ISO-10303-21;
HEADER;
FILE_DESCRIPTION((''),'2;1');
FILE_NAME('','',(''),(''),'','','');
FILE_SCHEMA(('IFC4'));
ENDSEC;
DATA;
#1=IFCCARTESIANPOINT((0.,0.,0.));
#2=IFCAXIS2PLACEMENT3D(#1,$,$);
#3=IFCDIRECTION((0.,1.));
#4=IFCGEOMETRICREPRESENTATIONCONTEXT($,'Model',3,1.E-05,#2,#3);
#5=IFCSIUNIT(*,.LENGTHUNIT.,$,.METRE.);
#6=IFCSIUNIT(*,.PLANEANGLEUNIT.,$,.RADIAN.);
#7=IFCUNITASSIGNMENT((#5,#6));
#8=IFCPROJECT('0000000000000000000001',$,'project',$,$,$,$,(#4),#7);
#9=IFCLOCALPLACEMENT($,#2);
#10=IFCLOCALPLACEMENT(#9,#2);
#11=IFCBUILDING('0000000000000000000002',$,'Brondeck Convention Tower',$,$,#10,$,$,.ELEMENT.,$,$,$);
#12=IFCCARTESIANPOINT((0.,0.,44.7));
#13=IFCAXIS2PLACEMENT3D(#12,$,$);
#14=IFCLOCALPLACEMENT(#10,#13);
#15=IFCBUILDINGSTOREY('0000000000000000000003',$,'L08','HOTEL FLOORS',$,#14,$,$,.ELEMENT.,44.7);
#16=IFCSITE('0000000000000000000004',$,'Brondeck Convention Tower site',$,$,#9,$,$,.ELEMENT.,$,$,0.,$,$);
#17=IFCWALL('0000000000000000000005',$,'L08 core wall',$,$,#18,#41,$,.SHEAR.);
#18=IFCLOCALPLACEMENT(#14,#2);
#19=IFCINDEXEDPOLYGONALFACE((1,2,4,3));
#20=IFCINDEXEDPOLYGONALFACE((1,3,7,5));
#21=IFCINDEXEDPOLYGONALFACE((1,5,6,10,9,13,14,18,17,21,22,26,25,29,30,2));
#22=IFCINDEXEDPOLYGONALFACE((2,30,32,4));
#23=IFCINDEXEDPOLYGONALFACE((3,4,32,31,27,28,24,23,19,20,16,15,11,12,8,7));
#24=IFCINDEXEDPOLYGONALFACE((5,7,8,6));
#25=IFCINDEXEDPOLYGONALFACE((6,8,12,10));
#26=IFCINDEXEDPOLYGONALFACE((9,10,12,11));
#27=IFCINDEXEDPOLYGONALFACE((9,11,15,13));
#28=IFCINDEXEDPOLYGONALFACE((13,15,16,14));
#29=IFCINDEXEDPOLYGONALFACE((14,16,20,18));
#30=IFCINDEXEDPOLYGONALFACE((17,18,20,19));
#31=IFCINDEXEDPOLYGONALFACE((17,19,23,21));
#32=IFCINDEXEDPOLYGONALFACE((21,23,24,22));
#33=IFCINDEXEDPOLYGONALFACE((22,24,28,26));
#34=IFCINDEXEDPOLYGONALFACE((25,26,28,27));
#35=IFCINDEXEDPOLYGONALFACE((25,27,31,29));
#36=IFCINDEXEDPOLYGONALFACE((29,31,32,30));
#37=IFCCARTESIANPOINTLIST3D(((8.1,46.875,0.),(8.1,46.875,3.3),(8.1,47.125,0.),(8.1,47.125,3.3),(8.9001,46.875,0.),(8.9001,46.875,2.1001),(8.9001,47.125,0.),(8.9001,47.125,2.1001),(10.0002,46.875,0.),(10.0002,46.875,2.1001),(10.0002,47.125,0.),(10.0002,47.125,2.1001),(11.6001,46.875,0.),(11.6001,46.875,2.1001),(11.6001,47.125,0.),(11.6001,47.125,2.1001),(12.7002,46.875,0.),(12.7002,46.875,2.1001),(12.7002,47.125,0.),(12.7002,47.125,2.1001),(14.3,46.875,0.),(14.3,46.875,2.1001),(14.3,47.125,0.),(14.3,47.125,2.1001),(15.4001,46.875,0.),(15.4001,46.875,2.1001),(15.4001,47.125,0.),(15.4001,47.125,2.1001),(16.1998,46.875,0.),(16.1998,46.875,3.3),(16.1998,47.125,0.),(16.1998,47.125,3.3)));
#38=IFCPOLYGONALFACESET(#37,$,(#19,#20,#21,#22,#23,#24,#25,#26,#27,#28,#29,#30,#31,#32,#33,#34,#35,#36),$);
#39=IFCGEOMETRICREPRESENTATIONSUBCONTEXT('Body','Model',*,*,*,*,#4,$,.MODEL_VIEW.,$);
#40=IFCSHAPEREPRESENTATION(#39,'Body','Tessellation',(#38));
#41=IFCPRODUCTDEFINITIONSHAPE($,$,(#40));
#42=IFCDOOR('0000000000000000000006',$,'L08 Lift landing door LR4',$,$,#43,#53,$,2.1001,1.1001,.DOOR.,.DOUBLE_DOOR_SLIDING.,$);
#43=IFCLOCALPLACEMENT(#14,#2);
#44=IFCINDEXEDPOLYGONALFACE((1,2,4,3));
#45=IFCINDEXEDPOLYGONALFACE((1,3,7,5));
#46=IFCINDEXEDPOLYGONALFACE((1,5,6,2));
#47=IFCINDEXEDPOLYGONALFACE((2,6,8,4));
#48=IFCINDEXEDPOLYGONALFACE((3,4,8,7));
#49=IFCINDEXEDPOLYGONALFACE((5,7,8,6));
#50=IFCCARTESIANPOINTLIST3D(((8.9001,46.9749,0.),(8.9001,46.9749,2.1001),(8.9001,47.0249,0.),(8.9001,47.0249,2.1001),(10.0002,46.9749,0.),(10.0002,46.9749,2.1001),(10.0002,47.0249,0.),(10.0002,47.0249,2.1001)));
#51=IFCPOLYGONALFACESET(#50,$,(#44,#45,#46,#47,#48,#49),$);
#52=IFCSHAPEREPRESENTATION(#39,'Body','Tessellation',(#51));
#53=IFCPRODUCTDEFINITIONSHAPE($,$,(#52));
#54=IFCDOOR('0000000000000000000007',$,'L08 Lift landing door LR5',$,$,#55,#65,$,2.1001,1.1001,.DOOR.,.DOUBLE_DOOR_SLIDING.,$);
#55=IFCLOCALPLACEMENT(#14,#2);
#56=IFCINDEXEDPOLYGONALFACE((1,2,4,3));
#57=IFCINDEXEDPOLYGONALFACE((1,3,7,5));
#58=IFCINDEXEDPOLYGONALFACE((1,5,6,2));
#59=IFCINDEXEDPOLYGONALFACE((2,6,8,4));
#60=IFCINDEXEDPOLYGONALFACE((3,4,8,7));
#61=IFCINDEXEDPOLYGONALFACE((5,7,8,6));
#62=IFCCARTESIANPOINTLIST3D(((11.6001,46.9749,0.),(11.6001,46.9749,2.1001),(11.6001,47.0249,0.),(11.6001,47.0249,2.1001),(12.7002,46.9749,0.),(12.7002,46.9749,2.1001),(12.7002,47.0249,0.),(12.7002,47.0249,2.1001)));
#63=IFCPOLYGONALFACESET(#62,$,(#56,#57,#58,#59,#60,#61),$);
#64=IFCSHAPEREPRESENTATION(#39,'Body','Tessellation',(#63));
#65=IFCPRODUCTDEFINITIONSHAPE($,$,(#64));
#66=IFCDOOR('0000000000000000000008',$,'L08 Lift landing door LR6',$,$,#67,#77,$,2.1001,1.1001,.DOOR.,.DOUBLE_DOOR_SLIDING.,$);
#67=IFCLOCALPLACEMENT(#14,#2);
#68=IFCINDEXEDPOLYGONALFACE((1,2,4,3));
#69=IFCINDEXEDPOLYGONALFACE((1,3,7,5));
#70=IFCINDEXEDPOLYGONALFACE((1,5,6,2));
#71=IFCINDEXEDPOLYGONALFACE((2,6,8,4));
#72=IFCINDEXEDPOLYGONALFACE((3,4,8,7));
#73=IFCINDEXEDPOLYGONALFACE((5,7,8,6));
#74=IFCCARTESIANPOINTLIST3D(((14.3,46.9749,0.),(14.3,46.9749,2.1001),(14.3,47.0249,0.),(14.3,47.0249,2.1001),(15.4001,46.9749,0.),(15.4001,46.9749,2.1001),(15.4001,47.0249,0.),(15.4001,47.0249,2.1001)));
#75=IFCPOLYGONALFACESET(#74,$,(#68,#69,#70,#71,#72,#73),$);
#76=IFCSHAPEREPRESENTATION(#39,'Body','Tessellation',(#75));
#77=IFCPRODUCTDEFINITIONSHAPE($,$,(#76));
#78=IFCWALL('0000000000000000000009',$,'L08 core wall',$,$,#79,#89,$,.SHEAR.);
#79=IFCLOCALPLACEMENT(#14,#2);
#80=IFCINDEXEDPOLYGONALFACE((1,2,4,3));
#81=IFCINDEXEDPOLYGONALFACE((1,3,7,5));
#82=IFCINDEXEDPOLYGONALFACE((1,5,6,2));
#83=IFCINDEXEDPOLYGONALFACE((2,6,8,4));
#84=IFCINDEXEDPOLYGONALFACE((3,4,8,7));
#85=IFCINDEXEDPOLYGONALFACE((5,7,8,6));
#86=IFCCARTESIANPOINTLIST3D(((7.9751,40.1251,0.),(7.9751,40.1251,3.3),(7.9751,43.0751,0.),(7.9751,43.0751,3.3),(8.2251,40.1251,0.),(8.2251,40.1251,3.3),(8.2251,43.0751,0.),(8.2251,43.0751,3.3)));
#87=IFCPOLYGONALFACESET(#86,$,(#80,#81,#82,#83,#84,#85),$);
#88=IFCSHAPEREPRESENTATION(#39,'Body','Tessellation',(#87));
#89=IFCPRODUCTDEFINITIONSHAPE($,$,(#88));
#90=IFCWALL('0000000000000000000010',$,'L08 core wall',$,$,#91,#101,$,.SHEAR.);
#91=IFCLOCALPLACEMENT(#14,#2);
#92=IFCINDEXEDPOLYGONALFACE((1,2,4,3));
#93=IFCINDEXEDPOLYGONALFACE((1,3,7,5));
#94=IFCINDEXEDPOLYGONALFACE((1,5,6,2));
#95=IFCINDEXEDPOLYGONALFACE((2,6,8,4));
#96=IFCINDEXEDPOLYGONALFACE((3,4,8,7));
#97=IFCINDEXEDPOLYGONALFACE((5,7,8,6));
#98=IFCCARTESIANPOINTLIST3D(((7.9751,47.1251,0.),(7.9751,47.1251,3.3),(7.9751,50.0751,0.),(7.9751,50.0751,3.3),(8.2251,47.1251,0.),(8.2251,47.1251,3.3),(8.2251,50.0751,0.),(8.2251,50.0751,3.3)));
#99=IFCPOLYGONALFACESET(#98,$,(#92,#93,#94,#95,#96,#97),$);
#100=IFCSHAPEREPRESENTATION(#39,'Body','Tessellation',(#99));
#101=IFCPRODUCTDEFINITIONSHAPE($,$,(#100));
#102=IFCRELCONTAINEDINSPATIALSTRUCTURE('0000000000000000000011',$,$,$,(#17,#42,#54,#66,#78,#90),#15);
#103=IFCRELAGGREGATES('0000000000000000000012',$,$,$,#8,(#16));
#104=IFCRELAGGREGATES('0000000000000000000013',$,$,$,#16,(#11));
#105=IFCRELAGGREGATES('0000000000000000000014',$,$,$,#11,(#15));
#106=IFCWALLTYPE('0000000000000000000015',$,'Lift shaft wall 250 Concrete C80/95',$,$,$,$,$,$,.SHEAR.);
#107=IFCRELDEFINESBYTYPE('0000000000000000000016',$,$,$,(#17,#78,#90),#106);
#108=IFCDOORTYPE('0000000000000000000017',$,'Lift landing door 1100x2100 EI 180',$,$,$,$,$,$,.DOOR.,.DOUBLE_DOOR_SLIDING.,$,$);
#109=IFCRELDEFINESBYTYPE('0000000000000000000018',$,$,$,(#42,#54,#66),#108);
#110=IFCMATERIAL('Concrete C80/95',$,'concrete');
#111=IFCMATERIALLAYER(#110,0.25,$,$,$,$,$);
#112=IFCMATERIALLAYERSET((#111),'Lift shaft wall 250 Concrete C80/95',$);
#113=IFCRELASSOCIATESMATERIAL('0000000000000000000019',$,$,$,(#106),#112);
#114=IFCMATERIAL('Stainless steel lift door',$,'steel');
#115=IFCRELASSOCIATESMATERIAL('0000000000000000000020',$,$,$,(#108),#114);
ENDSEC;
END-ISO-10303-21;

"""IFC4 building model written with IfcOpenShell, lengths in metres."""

from ifc_helpers import new_model, si_unit, direction, frame, frame_2d, origin, place, context, subcontext, project, spatial, rectangle, extrude, material, layer, layer_set, type_object, element, fill, save


model = new_model("IFC4")

# Units and contexts
model_context = context("Model", 3, precision=1e-05, world=origin(), true_north=direction((0.0, 1.0)))
body_context = subcontext(model_context, "Body", "Model", "MODEL_VIEW")
ifc_project = project(units=[si_unit("LENGTHUNIT", "METRE"), si_unit("PLANEANGLEUNIT", "RADIAN")], contexts=[model_context])

# Site, building, storey
site_placement = place(None, origin())
site = spatial("IfcSite", under=ifc_project, at=site_placement, Name="Brondeck Convention Tower site", CompositionType="ELEMENT", RefElevation=0.0)
building_placement = place(site_placement, origin())
building = spatial("IfcBuilding", under=site, at=building_placement, Name="Brondeck Convention Tower", CompositionType="ELEMENT")
storey_placement = place(building_placement, frame((0.0, 0.0, 44.7)))
storey = spatial("IfcBuildingStorey", under=building, at=storey_placement, Name="L08", Description="HOTEL FLOORS", CompositionType="ELEMENT", Elevation=44.7)

# Shared definitions
ifc_material_1 = material(Name="Concrete C80/95", Category="concrete")
ifc_layer_1 = layer(ifc_material_1, 0.25)
ifc_layer_set_1 = layer_set([ifc_layer_1], Name="Lift shaft wall 250 Concrete C80/95")
wall_type_1 = type_object("IfcWallType", Name="Lift shaft wall 250 Concrete C80/95", PredefinedType="SHEAR", material=ifc_layer_set_1)

# Wall, openings, doors
ifc_material_2 = material(Name="Stainless steel lift door", Category="steel")
door_type = type_object("IfcDoorType", Name="Lift landing door 1100x2100 EI 180", OperationType="DOUBLE_DOOR_SLIDING", PredefinedType="DOOR", material=ifc_material_2)
wall_1_placement = place(storey_placement, frame((8.1001, 47.0, 0.0), z_axis=(0.0, 0.0, 1.0), x_axis=(1.0, 0.0, 0.0)))
wall_1 = element("IfcWall", 1, at=wall_1_placement, inside=storey, type_object=wall_type_1, Name="L08 core wall", PredefinedType="SHEAR", context=body_context, shape_type="SweptSolid", body=[
    extrude(rectangle(XDim=8.0999, YDim=0.25, at=frame_2d((4.0498, 0.0))), origin(), (0.0, 0.0, 1.0), 3.3),
])
opening_1_placement = place(wall_1_placement, frame((0.8, 0.0, 0.0)))
opening_1 = element("IfcOpeningElement", 2, at=opening_1_placement, cuts=wall_1, PredefinedType="OPENING", context=body_context, shape_type="SweptSolid", body=[
    extrude(rectangle(XDim=1.1001, YDim=2.1001, at=frame_2d((0.55, 1.05))), frame((0.0, 0.135, 0.0), z_axis=(0.0, -1.0, 0.0), x_axis=(1.0, 0.0, 0.0)), (0.0, 0.0, 1.0), 0.27),
])
opening_2_placement = place(wall_1_placement, frame((3.5, 0.0, 0.0)))
opening_2 = element("IfcOpeningElement", 3, at=opening_2_placement, cuts=wall_1, PredefinedType="OPENING", context=body_context, shape_type="SweptSolid", body=[
    extrude(rectangle(XDim=1.1001, YDim=2.1001, at=frame_2d((0.55, 1.05))), frame((0.0, 0.135, 0.0), z_axis=(0.0, -1.0, 0.0), x_axis=(1.0, 0.0, 0.0)), (0.0, 0.0, 1.0), 0.27),
])
opening_3_placement = place(wall_1_placement, frame((6.2, 0.0, 0.0)))
opening_3 = element("IfcOpeningElement", 4, at=opening_3_placement, cuts=wall_1, PredefinedType="OPENING", context=body_context, shape_type="SweptSolid", body=[
    extrude(rectangle(XDim=1.1001, YDim=2.1001, at=frame_2d((0.55, 1.05))), frame((0.0, 0.135, 0.0), z_axis=(0.0, -1.0, 0.0), x_axis=(1.0, 0.0, 0.0)), (0.0, 0.0, 1.0), 0.27),
])
door_1_placement = place(opening_1_placement, origin())
door_1 = element("IfcDoor", 5, at=door_1_placement, inside=storey, type_object=door_type, Name="L08 Lift landing door LR4", OperationType="DOUBLE_DOOR_SLIDING", OverallHeight=2.1001, OverallWidth=1.1001, PredefinedType="DOOR", context=body_context, shape_type="SweptSolid", body=[
    extrude(rectangle(XDim=1.1001, YDim=2.1001, at=frame_2d((0.55, 1.05))), frame((0.0, 0.0249, 0.0), z_axis=(0.0, -1.0, 0.0), x_axis=(1.0, 0.0, 0.0)), (0.0, 0.0, 1.0), 0.05),
])
fill(opening_1, door_1)
door_2_placement = place(opening_2_placement, origin())
door_2 = element("IfcDoor", 6, at=door_2_placement, inside=storey, type_object=door_type, Name="L08 Lift landing door LR5", OperationType="DOUBLE_DOOR_SLIDING", OverallHeight=2.1001, OverallWidth=1.1001, PredefinedType="DOOR", context=body_context, shape_type="SweptSolid", body=[
    extrude(rectangle(XDim=1.1001, YDim=2.1001, at=frame_2d((0.55, 1.05))), frame((0.0, 0.0249, 0.0), z_axis=(0.0, -1.0, 0.0), x_axis=(1.0, 0.0, 0.0)), (0.0, 0.0, 1.0), 0.05),
])
fill(opening_2, door_2)
door_3_placement = place(opening_3_placement, origin())
door_3 = element("IfcDoor", 7, at=door_3_placement, inside=storey, type_object=door_type, Name="L08 Lift landing door LR6", OperationType="DOUBLE_DOOR_SLIDING", OverallHeight=2.1001, OverallWidth=1.1001, PredefinedType="DOOR", context=body_context, shape_type="SweptSolid", body=[
    extrude(rectangle(XDim=1.1001, YDim=2.1001, at=frame_2d((0.55, 1.05))), frame((0.0, 0.0249, 0.0), z_axis=(0.0, -1.0, 0.0), x_axis=(1.0, 0.0, 0.0)), (0.0, 0.0, 1.0), 0.05),
])
fill(opening_3, door_3)

# Walls
for number, where, z_axis, x_axis, name in (
    (8, (8.1001, 40.125, 0.0), (0.0, 0.0, 1.0), (0.0, 1.0, 0.0), "L08 core wall"),
    (9, (8.1001, 47.125, 0.0), (0.0, 0.0, 1.0), (0.0, 1.0, 0.0), "L08 core wall"),
):
    element("IfcWall", number, at=place(storey_placement, frame(where, z_axis=z_axis, x_axis=x_axis)), inside=storey, type_object=wall_type_1, Name=name, PredefinedType="SHEAR", context=body_context, shape_type="SweptSolid", body=[
        extrude(rectangle(XDim=2.95, YDim=0.25, at=frame_2d((1.4751, 0.0))), origin(), (0.0, 0.0, 1.0), 3.3),
    ])

save(model, "model.ifc")
